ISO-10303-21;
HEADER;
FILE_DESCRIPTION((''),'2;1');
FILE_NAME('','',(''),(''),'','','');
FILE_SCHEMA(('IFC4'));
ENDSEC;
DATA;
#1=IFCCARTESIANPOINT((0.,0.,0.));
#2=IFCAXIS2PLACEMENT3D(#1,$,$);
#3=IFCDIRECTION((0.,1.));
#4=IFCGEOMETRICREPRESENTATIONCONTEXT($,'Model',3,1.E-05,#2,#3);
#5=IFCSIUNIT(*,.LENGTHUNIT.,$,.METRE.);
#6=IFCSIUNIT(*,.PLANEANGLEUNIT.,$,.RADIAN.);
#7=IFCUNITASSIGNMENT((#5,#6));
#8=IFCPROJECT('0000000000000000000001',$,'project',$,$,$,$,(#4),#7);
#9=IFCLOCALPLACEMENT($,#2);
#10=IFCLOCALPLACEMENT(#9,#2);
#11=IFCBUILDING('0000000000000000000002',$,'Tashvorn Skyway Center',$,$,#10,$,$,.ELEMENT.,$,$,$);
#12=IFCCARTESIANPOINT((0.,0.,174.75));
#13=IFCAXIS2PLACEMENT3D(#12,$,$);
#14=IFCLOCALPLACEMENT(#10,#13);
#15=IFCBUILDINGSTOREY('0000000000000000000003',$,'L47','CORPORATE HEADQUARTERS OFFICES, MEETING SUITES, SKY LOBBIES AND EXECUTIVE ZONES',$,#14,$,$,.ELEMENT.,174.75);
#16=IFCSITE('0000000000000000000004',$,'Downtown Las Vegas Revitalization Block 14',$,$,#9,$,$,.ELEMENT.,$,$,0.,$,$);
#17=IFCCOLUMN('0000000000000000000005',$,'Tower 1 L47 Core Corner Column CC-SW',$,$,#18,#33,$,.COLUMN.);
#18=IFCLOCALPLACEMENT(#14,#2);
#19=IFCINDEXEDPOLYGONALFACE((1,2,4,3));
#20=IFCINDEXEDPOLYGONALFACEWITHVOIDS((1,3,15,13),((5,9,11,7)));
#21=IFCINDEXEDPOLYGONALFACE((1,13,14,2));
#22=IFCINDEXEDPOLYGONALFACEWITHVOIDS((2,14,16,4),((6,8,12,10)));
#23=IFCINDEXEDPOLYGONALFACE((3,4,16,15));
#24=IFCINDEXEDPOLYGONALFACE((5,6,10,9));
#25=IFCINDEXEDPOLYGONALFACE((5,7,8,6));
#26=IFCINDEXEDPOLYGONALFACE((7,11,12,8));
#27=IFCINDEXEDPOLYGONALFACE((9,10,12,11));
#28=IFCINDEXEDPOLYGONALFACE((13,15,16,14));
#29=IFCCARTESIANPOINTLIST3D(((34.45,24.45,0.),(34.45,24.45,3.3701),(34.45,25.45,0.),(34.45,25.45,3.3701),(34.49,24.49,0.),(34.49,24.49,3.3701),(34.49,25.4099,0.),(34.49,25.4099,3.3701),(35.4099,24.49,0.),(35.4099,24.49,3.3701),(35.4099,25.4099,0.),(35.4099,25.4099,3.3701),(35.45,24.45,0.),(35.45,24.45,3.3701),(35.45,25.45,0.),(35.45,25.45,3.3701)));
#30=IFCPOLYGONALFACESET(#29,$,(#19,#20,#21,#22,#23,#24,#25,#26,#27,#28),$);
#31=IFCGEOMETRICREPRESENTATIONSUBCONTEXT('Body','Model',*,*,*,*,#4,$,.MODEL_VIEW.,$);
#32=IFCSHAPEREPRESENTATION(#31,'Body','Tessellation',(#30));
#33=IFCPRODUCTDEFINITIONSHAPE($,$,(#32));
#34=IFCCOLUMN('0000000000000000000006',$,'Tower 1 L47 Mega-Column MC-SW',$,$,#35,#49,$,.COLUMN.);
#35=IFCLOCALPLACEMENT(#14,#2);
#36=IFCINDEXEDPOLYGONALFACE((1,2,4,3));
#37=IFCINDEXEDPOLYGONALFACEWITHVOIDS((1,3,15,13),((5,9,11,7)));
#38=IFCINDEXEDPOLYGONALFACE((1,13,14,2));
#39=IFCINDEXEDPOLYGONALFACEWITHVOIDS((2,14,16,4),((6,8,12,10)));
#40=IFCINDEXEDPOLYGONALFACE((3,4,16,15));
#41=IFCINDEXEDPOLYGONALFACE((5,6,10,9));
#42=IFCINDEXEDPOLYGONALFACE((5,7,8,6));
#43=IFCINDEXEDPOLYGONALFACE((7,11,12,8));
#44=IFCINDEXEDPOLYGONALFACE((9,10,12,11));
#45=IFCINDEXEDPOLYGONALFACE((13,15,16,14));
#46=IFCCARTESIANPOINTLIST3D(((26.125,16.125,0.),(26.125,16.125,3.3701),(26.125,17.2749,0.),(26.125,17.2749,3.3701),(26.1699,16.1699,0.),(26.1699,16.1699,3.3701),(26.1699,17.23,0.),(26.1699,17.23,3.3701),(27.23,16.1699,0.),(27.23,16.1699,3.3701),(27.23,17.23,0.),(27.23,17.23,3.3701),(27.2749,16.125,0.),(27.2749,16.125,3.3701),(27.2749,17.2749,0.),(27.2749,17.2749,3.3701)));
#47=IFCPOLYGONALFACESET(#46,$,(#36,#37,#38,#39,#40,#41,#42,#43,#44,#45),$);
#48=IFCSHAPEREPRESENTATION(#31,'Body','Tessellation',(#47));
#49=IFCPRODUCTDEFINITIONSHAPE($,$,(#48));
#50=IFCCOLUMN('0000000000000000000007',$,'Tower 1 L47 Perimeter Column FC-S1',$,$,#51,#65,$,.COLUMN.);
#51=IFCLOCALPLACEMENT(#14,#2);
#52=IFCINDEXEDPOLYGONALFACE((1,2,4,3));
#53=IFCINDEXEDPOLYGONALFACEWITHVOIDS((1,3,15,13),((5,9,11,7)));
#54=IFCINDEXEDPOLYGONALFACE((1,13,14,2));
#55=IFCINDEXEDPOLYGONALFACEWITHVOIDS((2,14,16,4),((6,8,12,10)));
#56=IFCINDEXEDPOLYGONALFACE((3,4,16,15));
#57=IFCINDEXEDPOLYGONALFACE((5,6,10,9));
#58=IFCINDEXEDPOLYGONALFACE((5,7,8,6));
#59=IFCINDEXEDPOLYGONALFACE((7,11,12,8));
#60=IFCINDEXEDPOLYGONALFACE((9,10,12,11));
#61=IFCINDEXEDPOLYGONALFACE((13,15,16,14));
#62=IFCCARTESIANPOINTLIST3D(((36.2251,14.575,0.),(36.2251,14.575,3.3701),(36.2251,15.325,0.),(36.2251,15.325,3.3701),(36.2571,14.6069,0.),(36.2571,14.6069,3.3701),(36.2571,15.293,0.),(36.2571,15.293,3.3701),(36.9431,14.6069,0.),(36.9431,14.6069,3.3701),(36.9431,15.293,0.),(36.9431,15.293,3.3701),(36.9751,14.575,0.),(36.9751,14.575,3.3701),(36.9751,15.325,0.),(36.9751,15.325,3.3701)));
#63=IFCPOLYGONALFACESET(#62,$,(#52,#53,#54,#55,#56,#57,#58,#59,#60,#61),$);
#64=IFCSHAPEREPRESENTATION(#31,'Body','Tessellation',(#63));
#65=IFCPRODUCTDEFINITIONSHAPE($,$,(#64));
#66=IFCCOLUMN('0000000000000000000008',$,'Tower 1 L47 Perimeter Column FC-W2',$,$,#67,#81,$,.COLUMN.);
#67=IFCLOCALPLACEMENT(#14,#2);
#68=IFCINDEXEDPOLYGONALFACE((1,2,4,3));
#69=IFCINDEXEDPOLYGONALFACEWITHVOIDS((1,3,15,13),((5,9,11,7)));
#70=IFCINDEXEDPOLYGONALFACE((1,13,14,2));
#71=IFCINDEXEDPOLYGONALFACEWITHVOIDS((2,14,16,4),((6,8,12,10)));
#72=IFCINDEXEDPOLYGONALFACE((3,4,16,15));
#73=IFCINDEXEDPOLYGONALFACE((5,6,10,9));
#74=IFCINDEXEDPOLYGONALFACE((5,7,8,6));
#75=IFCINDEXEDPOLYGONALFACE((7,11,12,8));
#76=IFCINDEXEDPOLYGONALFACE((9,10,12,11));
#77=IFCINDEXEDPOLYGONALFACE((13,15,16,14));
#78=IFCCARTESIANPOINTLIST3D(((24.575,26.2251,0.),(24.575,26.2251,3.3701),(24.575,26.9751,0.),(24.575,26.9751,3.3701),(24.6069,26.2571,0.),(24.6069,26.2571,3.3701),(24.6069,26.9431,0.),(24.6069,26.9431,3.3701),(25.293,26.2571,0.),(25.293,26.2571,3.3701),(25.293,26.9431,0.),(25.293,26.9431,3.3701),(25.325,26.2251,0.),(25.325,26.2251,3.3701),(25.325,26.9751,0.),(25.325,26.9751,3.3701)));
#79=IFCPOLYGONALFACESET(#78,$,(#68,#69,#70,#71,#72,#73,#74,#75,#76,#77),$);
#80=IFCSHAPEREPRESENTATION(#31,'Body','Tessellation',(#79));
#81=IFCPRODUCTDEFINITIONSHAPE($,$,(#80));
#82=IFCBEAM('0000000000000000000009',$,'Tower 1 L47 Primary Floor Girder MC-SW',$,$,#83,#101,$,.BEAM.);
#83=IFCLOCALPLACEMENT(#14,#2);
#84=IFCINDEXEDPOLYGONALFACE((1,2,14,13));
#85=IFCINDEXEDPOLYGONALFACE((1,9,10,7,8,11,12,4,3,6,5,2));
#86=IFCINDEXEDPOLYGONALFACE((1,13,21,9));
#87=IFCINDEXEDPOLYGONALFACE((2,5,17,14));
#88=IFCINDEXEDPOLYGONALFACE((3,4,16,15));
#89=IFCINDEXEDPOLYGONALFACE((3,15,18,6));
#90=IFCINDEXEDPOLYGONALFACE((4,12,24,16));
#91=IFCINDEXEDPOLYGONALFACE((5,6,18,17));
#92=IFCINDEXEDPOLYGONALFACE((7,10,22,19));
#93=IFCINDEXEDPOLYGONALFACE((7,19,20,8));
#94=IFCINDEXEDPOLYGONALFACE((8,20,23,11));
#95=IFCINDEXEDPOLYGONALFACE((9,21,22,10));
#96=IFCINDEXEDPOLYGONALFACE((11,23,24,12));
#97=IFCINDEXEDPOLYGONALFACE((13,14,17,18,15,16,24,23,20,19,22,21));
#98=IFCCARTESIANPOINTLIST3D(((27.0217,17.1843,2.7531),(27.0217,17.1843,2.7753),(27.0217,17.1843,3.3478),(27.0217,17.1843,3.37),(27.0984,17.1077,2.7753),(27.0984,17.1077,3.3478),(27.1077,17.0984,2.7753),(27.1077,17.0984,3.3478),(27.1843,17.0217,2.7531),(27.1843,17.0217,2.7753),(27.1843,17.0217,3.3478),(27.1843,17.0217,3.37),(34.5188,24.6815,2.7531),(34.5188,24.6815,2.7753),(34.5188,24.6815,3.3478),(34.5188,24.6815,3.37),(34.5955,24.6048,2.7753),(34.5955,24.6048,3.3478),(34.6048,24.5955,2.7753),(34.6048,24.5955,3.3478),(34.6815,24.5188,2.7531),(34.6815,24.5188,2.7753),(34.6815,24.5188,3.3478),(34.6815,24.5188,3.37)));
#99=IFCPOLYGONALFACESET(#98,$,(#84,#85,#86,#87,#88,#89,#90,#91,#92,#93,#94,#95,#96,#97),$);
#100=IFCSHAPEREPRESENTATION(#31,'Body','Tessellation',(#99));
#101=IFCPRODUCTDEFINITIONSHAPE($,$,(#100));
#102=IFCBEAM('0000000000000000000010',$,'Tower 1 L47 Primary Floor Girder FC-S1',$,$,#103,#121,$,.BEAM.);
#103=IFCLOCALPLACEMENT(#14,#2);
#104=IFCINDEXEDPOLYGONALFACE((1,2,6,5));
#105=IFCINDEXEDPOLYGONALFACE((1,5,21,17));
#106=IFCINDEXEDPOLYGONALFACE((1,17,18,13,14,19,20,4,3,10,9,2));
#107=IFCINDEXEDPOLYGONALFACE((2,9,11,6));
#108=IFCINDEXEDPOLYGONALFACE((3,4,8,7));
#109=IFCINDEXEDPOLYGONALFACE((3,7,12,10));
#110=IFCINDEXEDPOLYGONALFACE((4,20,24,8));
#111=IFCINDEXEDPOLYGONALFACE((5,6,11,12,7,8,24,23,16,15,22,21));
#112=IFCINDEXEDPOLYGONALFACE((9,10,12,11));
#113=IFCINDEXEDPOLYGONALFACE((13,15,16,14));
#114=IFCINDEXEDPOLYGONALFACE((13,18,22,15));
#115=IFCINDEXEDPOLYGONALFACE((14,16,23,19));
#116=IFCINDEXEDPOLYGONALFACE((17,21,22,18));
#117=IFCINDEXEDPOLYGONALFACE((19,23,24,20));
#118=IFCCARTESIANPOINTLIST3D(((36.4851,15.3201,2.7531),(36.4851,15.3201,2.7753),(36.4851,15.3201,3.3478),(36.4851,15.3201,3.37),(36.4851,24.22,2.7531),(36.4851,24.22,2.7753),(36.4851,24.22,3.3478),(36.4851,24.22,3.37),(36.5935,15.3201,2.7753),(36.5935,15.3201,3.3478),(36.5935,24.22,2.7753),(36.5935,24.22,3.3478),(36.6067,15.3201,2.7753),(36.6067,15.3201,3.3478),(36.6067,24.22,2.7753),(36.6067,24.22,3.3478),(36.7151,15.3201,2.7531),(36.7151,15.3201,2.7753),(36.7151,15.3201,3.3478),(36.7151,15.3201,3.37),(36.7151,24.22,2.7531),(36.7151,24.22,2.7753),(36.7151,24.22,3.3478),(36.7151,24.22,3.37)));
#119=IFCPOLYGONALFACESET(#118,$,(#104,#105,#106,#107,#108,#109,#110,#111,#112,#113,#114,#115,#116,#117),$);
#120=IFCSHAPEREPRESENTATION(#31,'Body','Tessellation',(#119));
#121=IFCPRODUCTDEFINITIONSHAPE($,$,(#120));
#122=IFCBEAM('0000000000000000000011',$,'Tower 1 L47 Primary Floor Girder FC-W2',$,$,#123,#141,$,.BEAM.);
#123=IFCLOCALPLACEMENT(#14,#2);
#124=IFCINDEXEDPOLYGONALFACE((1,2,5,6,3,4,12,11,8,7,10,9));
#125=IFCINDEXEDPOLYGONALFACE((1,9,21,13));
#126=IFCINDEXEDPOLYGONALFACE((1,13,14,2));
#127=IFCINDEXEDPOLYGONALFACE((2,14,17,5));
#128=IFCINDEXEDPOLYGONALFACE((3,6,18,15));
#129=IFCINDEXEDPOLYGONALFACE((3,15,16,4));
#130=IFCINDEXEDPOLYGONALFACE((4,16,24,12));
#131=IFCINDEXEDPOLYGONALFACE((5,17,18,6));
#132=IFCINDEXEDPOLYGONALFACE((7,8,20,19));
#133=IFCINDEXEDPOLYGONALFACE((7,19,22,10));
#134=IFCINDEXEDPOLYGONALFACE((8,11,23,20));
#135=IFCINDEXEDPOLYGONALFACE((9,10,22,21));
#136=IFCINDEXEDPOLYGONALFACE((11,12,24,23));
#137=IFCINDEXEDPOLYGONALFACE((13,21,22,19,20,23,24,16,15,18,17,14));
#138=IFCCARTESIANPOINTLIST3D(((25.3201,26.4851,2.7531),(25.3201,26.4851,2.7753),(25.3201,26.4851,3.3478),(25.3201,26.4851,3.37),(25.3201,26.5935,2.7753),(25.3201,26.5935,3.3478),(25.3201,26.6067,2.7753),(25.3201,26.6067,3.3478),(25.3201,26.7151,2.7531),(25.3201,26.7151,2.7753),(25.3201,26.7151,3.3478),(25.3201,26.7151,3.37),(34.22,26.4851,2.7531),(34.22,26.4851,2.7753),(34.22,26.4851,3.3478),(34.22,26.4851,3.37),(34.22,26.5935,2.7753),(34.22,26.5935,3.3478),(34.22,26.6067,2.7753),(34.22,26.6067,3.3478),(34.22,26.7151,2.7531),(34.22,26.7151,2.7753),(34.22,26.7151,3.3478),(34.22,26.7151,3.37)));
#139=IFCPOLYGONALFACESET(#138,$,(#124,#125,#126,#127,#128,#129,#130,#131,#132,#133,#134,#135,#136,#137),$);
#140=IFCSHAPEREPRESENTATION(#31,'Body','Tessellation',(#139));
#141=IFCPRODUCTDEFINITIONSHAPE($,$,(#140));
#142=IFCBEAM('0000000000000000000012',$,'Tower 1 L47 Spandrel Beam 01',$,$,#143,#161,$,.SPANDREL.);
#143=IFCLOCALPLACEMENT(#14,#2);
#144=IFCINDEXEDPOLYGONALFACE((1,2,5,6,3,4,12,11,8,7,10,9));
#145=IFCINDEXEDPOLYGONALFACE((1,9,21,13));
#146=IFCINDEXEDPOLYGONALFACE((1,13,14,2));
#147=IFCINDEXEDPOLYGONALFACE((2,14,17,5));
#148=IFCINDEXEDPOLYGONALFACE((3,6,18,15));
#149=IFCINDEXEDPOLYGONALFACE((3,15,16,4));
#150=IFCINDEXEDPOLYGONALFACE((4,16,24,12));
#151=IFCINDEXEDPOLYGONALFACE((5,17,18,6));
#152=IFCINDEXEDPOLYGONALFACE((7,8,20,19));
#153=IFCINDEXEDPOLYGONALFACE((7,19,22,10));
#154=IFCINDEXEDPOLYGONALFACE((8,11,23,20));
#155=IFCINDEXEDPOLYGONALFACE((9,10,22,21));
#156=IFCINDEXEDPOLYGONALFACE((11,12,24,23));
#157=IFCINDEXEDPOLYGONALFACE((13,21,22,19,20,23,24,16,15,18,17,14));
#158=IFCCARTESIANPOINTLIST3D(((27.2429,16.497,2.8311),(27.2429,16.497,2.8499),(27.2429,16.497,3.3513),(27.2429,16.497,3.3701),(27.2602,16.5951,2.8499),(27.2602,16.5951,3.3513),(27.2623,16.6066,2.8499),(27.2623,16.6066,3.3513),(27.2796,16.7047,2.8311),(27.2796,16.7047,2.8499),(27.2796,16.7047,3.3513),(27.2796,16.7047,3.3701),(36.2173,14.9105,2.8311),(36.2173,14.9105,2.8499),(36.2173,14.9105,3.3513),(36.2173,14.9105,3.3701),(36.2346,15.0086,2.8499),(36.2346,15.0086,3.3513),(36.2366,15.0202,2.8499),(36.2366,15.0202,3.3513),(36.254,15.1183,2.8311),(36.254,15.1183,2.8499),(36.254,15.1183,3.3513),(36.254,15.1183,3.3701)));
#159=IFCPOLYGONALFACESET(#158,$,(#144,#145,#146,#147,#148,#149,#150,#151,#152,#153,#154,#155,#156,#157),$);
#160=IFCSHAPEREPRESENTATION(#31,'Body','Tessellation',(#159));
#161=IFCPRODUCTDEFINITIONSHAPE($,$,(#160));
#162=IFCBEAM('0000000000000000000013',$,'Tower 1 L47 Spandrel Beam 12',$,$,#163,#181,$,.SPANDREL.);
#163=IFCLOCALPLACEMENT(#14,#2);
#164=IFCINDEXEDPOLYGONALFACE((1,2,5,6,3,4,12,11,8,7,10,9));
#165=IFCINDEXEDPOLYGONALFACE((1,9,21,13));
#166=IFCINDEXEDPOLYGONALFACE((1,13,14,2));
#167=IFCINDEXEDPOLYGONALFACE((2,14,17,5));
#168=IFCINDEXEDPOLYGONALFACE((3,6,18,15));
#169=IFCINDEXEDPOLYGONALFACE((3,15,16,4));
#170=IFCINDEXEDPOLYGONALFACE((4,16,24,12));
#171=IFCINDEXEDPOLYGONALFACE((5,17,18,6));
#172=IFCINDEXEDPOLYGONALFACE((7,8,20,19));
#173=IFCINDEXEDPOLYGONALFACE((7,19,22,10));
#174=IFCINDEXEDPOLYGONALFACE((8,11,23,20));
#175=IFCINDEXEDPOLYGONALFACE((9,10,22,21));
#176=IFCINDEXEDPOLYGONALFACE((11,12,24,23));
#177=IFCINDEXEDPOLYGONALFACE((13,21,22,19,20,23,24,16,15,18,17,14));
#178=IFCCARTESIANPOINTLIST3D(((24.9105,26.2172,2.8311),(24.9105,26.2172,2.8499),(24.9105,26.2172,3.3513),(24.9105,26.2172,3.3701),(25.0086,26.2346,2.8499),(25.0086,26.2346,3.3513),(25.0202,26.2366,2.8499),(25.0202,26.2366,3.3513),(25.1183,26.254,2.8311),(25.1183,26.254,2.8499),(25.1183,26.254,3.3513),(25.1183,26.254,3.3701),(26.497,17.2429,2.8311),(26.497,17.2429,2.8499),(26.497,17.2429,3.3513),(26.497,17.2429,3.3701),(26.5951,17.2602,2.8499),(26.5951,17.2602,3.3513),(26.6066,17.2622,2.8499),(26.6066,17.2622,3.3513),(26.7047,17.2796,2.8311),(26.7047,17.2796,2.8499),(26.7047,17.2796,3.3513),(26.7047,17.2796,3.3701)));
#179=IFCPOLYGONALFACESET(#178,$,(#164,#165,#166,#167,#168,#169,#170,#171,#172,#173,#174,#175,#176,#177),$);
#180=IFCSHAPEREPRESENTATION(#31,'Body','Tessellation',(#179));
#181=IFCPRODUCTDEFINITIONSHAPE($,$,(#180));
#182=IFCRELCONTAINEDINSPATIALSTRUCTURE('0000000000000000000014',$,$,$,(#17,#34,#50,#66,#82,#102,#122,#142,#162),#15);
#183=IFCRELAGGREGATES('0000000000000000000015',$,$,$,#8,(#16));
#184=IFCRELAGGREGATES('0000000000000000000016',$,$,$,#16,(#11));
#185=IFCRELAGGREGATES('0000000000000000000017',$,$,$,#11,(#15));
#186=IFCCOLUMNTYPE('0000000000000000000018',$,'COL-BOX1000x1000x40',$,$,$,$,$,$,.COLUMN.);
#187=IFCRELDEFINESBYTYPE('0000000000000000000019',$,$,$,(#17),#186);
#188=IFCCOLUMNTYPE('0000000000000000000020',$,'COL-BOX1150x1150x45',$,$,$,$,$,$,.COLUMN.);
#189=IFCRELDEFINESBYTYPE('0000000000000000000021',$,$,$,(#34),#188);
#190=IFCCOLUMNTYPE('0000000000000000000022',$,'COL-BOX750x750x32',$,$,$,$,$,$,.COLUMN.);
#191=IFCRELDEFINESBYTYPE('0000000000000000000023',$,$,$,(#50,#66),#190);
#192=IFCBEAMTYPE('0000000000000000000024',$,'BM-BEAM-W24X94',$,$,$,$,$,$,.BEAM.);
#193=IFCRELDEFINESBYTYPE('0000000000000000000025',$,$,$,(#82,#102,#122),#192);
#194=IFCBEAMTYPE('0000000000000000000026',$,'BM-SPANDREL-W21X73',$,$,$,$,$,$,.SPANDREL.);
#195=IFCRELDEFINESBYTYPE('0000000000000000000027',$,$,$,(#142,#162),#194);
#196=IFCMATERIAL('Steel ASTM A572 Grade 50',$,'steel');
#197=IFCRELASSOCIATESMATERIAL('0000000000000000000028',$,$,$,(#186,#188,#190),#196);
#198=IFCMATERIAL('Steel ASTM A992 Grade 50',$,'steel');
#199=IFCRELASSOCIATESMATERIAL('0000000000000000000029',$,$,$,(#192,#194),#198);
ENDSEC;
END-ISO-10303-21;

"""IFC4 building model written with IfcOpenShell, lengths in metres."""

from ifc_helpers import new_model, si_unit, direction, frame, origin, origin_2d, place, context, subcontext, project, spatial, hollow_rectangle, i_section, extrude, material, material_profile, profile_set, type_object, element, save


model = new_model("IFC4")

# Units and contexts
model_context = context("Model", 3, precision=1e-05, world=origin(), true_north=direction((0.0, 1.0)))
body_context = subcontext(model_context, "Body", "Model", "MODEL_VIEW")
ifc_project = project(units=[si_unit("LENGTHUNIT", "METRE"), si_unit("PLANEANGLEUNIT", "RADIAN")], contexts=[model_context])

# Site, building, storey
site_placement = place(None, origin())
site = spatial("IfcSite", under=ifc_project, at=site_placement, Name="Downtown Las Vegas Revitalization Block 14", CompositionType="ELEMENT", RefElevation=0.0)
building_placement = place(site_placement, origin())
building = spatial("IfcBuilding", under=site, at=building_placement, Name="Tashvorn Skyway Center", CompositionType="ELEMENT")
storey_placement = place(building_placement, frame((0.0, 0.0, 174.75)))
storey = spatial("IfcBuildingStorey", under=building, at=storey_placement, Name="L47", Description="CORPORATE HEADQUARTERS OFFICES, MEETING SUITES, SKY LOBBIES AND EXECUTIVE ZONES", CompositionType="ELEMENT", Elevation=174.75)

# Columns
ifc_material_1 = material(Name="Steel ASTM A572 Grade 50", Category="steel")
ifc_material_profile_1 = material_profile(ifc_material_1, hollow_rectangle(XDim=1.0, YDim=1.0, WallThickness=0.04, at=origin_2d()), Name="BOX1000x1000x40")
ifc_profile_set_1 = profile_set([ifc_material_profile_1], Name="Steel ASTM A572 Grade 50")
column_type_1 = type_object("IfcColumnType", Name="COL-BOX1000x1000x40", PredefinedType="COLUMN", material=ifc_profile_set_1)
column_1_placement = place(storey_placement, frame((34.95, 24.95, 0.0), z_axis=(0.0, 0.0, 1.0), x_axis=(1.0, 0.0, 0.0)))
element("IfcColumn", 1, at=column_1_placement, inside=storey, type_object=column_type_1, Name="Tower 1 L47 Core Corner Column CC-SW", PredefinedType="COLUMN", context=body_context, shape_type="SweptSolid", body=[
    extrude(hollow_rectangle(XDim=1.0, YDim=1.0, WallThickness=0.04, at=origin_2d()), origin(), (0.0, 0.0, 1.0), 3.3701),
])
ifc_material_profile_2 = material_profile(ifc_material_1, hollow_rectangle(XDim=1.1499, YDim=1.1499, WallThickness=0.0449, at=origin_2d()), Name="BOX1150x1150x45")
ifc_profile_set_2 = profile_set([ifc_material_profile_2], Name="Steel ASTM A572 Grade 50")
column_type_2 = type_object("IfcColumnType", Name="COL-BOX1150x1150x45", PredefinedType="COLUMN", material=ifc_profile_set_2)
column_2_placement = place(storey_placement, frame((26.7, 16.7, 0.0), z_axis=(0.0, 0.0, 1.0), x_axis=(1.0, 0.0, 0.0)))
element("IfcColumn", 2, at=column_2_placement, inside=storey, type_object=column_type_2, Name="Tower 1 L47 Mega-Column MC-SW", PredefinedType="COLUMN", context=body_context, shape_type="SweptSolid", body=[
    extrude(hollow_rectangle(XDim=1.1499, YDim=1.1499, WallThickness=0.0449, at=origin_2d()), origin(), (0.0, 0.0, 1.0), 3.3701),
])
ifc_material_profile_3 = material_profile(ifc_material_1, hollow_rectangle(XDim=0.75, YDim=0.75, WallThickness=0.032, at=origin_2d()), Name="BOX750x750x32")
ifc_profile_set_3 = profile_set([ifc_material_profile_3], Name="Steel ASTM A572 Grade 50")
column_type_3 = type_object("IfcColumnType", Name="COL-BOX750x750x32", PredefinedType="COLUMN", material=ifc_profile_set_3)
for number, where, z_axis, x_axis, name in (
    (3, (36.6001, 14.95, 0.0), (0.0, 0.0, 1.0), (1.0, 0.0, 0.0), "Tower 1 L47 Perimeter Column FC-S1"),
    (4, (24.95, 26.6001, 0.0), (0.0, 0.0, 1.0), (1.0, 0.0, 0.0), "Tower 1 L47 Perimeter Column FC-W2"),
):
    element("IfcColumn", number, at=place(storey_placement, frame(where, z_axis=z_axis, x_axis=x_axis)), inside=storey, type_object=column_type_3, Name=name, PredefinedType="COLUMN", context=body_context, shape_type="SweptSolid", body=[
        extrude(hollow_rectangle(XDim=0.75, YDim=0.75, WallThickness=0.032, at=origin_2d()), origin(), (0.0, 0.0, 1.0), 3.3701),
    ])

# Beams
ifc_material_2 = material(Name="Steel ASTM A992 Grade 50", Category="steel")
ifc_material_profile_4 = material_profile(ifc_material_2, i_section(OverallWidth=0.23, OverallDepth=0.6169, WebThickness=0.0132, FlangeThickness=0.0222, at=origin_2d()), Name="W24X94")
ifc_profile_set_4 = profile_set([ifc_material_profile_4], Name="Steel ASTM A992 Grade 50")
beam_type_1 = type_object("IfcBeamType", Name="BM-BEAM-W24X94", PredefinedType="BEAM", material=ifc_profile_set_4)
beam_placement = place(storey_placement, frame((27.103, 17.103, 3.0615), z_axis=(0.707107, 0.707107, 0.0), x_axis=(-0.707107, 0.707107, 0.0)))
element("IfcBeam", 5, at=beam_placement, inside=storey, type_object=beam_type_1, Name="Tower 1 L47 Primary Floor Girder MC-SW", PredefinedType="BEAM", context=body_context, shape_type="SweptSolid", body=[
    extrude(i_section(OverallWidth=0.23, OverallDepth=0.6169, WebThickness=0.0132, FlangeThickness=0.0222, at=origin_2d()), origin(), (0.0, 0.0, 1.0), 10.6025),
])
for number, where, z_axis, x_axis, name in (
    (6, (36.6001, 15.3201, 3.0615), (0.0, 1.0, 0.0), (-1.0, 0.0, 0.0), "Tower 1 L47 Primary Floor Girder FC-S1"),
    (7, (25.3201, 26.6001, 3.0615), (1.0, 0.0, 0.0), (0.0, 1.0, 0.0), "Tower 1 L47 Primary Floor Girder FC-W2"),
):
    element("IfcBeam", number, at=place(storey_placement, frame(where, z_axis=z_axis, x_axis=x_axis)), inside=storey, type_object=beam_type_1, Name=name, PredefinedType="BEAM", context=body_context, shape_type="SweptSolid", body=[
        extrude(i_section(OverallWidth=0.23, OverallDepth=0.6169, WebThickness=0.0132, FlangeThickness=0.0222, at=origin_2d()), origin(), (0.0, 0.0, 1.0), 8.8999),
    ])
ifc_material_profile_5 = material_profile(ifc_material_2, i_section(OverallWidth=0.2109, OverallDepth=0.5391, WebThickness=0.0117, FlangeThickness=0.0188, at=origin_2d()), Name="W21X73")
ifc_profile_set_5 = profile_set([ifc_material_profile_5], Name="Steel ASTM A992 Grade 50")
beam_type_2 = type_object("IfcBeamType", Name="BM-SPANDREL-W21X73", PredefinedType="SPANDREL", material=ifc_profile_set_5)
for number, where, z_axis, x_axis, name in (
    (8, (27.2612, 16.6008, 3.1006), (0.984733, -0.174074, 0.0), (0.174074, 0.984733, 0.0), "Tower 1 L47 Spandrel Beam 01"),
    (9, (25.0144, 26.2356, 3.1006), (0.174074, -0.984733, 0.0), (0.984733, 0.174074, 0.0), "Tower 1 L47 Spandrel Beam 12"),
):
    element("IfcBeam", number, at=place(storey_placement, frame(where, z_axis=z_axis, x_axis=x_axis)), inside=storey, type_object=beam_type_2, Name=name, PredefinedType="SPANDREL", context=body_context, shape_type="SweptSolid", body=[
        extrude(i_section(OverallWidth=0.2109, OverallDepth=0.5391, WebThickness=0.0117, FlangeThickness=0.0188, at=origin_2d()), origin(), (0.0, 0.0, 1.0), 9.1135),
    ])

save(model, "model.ifc")
